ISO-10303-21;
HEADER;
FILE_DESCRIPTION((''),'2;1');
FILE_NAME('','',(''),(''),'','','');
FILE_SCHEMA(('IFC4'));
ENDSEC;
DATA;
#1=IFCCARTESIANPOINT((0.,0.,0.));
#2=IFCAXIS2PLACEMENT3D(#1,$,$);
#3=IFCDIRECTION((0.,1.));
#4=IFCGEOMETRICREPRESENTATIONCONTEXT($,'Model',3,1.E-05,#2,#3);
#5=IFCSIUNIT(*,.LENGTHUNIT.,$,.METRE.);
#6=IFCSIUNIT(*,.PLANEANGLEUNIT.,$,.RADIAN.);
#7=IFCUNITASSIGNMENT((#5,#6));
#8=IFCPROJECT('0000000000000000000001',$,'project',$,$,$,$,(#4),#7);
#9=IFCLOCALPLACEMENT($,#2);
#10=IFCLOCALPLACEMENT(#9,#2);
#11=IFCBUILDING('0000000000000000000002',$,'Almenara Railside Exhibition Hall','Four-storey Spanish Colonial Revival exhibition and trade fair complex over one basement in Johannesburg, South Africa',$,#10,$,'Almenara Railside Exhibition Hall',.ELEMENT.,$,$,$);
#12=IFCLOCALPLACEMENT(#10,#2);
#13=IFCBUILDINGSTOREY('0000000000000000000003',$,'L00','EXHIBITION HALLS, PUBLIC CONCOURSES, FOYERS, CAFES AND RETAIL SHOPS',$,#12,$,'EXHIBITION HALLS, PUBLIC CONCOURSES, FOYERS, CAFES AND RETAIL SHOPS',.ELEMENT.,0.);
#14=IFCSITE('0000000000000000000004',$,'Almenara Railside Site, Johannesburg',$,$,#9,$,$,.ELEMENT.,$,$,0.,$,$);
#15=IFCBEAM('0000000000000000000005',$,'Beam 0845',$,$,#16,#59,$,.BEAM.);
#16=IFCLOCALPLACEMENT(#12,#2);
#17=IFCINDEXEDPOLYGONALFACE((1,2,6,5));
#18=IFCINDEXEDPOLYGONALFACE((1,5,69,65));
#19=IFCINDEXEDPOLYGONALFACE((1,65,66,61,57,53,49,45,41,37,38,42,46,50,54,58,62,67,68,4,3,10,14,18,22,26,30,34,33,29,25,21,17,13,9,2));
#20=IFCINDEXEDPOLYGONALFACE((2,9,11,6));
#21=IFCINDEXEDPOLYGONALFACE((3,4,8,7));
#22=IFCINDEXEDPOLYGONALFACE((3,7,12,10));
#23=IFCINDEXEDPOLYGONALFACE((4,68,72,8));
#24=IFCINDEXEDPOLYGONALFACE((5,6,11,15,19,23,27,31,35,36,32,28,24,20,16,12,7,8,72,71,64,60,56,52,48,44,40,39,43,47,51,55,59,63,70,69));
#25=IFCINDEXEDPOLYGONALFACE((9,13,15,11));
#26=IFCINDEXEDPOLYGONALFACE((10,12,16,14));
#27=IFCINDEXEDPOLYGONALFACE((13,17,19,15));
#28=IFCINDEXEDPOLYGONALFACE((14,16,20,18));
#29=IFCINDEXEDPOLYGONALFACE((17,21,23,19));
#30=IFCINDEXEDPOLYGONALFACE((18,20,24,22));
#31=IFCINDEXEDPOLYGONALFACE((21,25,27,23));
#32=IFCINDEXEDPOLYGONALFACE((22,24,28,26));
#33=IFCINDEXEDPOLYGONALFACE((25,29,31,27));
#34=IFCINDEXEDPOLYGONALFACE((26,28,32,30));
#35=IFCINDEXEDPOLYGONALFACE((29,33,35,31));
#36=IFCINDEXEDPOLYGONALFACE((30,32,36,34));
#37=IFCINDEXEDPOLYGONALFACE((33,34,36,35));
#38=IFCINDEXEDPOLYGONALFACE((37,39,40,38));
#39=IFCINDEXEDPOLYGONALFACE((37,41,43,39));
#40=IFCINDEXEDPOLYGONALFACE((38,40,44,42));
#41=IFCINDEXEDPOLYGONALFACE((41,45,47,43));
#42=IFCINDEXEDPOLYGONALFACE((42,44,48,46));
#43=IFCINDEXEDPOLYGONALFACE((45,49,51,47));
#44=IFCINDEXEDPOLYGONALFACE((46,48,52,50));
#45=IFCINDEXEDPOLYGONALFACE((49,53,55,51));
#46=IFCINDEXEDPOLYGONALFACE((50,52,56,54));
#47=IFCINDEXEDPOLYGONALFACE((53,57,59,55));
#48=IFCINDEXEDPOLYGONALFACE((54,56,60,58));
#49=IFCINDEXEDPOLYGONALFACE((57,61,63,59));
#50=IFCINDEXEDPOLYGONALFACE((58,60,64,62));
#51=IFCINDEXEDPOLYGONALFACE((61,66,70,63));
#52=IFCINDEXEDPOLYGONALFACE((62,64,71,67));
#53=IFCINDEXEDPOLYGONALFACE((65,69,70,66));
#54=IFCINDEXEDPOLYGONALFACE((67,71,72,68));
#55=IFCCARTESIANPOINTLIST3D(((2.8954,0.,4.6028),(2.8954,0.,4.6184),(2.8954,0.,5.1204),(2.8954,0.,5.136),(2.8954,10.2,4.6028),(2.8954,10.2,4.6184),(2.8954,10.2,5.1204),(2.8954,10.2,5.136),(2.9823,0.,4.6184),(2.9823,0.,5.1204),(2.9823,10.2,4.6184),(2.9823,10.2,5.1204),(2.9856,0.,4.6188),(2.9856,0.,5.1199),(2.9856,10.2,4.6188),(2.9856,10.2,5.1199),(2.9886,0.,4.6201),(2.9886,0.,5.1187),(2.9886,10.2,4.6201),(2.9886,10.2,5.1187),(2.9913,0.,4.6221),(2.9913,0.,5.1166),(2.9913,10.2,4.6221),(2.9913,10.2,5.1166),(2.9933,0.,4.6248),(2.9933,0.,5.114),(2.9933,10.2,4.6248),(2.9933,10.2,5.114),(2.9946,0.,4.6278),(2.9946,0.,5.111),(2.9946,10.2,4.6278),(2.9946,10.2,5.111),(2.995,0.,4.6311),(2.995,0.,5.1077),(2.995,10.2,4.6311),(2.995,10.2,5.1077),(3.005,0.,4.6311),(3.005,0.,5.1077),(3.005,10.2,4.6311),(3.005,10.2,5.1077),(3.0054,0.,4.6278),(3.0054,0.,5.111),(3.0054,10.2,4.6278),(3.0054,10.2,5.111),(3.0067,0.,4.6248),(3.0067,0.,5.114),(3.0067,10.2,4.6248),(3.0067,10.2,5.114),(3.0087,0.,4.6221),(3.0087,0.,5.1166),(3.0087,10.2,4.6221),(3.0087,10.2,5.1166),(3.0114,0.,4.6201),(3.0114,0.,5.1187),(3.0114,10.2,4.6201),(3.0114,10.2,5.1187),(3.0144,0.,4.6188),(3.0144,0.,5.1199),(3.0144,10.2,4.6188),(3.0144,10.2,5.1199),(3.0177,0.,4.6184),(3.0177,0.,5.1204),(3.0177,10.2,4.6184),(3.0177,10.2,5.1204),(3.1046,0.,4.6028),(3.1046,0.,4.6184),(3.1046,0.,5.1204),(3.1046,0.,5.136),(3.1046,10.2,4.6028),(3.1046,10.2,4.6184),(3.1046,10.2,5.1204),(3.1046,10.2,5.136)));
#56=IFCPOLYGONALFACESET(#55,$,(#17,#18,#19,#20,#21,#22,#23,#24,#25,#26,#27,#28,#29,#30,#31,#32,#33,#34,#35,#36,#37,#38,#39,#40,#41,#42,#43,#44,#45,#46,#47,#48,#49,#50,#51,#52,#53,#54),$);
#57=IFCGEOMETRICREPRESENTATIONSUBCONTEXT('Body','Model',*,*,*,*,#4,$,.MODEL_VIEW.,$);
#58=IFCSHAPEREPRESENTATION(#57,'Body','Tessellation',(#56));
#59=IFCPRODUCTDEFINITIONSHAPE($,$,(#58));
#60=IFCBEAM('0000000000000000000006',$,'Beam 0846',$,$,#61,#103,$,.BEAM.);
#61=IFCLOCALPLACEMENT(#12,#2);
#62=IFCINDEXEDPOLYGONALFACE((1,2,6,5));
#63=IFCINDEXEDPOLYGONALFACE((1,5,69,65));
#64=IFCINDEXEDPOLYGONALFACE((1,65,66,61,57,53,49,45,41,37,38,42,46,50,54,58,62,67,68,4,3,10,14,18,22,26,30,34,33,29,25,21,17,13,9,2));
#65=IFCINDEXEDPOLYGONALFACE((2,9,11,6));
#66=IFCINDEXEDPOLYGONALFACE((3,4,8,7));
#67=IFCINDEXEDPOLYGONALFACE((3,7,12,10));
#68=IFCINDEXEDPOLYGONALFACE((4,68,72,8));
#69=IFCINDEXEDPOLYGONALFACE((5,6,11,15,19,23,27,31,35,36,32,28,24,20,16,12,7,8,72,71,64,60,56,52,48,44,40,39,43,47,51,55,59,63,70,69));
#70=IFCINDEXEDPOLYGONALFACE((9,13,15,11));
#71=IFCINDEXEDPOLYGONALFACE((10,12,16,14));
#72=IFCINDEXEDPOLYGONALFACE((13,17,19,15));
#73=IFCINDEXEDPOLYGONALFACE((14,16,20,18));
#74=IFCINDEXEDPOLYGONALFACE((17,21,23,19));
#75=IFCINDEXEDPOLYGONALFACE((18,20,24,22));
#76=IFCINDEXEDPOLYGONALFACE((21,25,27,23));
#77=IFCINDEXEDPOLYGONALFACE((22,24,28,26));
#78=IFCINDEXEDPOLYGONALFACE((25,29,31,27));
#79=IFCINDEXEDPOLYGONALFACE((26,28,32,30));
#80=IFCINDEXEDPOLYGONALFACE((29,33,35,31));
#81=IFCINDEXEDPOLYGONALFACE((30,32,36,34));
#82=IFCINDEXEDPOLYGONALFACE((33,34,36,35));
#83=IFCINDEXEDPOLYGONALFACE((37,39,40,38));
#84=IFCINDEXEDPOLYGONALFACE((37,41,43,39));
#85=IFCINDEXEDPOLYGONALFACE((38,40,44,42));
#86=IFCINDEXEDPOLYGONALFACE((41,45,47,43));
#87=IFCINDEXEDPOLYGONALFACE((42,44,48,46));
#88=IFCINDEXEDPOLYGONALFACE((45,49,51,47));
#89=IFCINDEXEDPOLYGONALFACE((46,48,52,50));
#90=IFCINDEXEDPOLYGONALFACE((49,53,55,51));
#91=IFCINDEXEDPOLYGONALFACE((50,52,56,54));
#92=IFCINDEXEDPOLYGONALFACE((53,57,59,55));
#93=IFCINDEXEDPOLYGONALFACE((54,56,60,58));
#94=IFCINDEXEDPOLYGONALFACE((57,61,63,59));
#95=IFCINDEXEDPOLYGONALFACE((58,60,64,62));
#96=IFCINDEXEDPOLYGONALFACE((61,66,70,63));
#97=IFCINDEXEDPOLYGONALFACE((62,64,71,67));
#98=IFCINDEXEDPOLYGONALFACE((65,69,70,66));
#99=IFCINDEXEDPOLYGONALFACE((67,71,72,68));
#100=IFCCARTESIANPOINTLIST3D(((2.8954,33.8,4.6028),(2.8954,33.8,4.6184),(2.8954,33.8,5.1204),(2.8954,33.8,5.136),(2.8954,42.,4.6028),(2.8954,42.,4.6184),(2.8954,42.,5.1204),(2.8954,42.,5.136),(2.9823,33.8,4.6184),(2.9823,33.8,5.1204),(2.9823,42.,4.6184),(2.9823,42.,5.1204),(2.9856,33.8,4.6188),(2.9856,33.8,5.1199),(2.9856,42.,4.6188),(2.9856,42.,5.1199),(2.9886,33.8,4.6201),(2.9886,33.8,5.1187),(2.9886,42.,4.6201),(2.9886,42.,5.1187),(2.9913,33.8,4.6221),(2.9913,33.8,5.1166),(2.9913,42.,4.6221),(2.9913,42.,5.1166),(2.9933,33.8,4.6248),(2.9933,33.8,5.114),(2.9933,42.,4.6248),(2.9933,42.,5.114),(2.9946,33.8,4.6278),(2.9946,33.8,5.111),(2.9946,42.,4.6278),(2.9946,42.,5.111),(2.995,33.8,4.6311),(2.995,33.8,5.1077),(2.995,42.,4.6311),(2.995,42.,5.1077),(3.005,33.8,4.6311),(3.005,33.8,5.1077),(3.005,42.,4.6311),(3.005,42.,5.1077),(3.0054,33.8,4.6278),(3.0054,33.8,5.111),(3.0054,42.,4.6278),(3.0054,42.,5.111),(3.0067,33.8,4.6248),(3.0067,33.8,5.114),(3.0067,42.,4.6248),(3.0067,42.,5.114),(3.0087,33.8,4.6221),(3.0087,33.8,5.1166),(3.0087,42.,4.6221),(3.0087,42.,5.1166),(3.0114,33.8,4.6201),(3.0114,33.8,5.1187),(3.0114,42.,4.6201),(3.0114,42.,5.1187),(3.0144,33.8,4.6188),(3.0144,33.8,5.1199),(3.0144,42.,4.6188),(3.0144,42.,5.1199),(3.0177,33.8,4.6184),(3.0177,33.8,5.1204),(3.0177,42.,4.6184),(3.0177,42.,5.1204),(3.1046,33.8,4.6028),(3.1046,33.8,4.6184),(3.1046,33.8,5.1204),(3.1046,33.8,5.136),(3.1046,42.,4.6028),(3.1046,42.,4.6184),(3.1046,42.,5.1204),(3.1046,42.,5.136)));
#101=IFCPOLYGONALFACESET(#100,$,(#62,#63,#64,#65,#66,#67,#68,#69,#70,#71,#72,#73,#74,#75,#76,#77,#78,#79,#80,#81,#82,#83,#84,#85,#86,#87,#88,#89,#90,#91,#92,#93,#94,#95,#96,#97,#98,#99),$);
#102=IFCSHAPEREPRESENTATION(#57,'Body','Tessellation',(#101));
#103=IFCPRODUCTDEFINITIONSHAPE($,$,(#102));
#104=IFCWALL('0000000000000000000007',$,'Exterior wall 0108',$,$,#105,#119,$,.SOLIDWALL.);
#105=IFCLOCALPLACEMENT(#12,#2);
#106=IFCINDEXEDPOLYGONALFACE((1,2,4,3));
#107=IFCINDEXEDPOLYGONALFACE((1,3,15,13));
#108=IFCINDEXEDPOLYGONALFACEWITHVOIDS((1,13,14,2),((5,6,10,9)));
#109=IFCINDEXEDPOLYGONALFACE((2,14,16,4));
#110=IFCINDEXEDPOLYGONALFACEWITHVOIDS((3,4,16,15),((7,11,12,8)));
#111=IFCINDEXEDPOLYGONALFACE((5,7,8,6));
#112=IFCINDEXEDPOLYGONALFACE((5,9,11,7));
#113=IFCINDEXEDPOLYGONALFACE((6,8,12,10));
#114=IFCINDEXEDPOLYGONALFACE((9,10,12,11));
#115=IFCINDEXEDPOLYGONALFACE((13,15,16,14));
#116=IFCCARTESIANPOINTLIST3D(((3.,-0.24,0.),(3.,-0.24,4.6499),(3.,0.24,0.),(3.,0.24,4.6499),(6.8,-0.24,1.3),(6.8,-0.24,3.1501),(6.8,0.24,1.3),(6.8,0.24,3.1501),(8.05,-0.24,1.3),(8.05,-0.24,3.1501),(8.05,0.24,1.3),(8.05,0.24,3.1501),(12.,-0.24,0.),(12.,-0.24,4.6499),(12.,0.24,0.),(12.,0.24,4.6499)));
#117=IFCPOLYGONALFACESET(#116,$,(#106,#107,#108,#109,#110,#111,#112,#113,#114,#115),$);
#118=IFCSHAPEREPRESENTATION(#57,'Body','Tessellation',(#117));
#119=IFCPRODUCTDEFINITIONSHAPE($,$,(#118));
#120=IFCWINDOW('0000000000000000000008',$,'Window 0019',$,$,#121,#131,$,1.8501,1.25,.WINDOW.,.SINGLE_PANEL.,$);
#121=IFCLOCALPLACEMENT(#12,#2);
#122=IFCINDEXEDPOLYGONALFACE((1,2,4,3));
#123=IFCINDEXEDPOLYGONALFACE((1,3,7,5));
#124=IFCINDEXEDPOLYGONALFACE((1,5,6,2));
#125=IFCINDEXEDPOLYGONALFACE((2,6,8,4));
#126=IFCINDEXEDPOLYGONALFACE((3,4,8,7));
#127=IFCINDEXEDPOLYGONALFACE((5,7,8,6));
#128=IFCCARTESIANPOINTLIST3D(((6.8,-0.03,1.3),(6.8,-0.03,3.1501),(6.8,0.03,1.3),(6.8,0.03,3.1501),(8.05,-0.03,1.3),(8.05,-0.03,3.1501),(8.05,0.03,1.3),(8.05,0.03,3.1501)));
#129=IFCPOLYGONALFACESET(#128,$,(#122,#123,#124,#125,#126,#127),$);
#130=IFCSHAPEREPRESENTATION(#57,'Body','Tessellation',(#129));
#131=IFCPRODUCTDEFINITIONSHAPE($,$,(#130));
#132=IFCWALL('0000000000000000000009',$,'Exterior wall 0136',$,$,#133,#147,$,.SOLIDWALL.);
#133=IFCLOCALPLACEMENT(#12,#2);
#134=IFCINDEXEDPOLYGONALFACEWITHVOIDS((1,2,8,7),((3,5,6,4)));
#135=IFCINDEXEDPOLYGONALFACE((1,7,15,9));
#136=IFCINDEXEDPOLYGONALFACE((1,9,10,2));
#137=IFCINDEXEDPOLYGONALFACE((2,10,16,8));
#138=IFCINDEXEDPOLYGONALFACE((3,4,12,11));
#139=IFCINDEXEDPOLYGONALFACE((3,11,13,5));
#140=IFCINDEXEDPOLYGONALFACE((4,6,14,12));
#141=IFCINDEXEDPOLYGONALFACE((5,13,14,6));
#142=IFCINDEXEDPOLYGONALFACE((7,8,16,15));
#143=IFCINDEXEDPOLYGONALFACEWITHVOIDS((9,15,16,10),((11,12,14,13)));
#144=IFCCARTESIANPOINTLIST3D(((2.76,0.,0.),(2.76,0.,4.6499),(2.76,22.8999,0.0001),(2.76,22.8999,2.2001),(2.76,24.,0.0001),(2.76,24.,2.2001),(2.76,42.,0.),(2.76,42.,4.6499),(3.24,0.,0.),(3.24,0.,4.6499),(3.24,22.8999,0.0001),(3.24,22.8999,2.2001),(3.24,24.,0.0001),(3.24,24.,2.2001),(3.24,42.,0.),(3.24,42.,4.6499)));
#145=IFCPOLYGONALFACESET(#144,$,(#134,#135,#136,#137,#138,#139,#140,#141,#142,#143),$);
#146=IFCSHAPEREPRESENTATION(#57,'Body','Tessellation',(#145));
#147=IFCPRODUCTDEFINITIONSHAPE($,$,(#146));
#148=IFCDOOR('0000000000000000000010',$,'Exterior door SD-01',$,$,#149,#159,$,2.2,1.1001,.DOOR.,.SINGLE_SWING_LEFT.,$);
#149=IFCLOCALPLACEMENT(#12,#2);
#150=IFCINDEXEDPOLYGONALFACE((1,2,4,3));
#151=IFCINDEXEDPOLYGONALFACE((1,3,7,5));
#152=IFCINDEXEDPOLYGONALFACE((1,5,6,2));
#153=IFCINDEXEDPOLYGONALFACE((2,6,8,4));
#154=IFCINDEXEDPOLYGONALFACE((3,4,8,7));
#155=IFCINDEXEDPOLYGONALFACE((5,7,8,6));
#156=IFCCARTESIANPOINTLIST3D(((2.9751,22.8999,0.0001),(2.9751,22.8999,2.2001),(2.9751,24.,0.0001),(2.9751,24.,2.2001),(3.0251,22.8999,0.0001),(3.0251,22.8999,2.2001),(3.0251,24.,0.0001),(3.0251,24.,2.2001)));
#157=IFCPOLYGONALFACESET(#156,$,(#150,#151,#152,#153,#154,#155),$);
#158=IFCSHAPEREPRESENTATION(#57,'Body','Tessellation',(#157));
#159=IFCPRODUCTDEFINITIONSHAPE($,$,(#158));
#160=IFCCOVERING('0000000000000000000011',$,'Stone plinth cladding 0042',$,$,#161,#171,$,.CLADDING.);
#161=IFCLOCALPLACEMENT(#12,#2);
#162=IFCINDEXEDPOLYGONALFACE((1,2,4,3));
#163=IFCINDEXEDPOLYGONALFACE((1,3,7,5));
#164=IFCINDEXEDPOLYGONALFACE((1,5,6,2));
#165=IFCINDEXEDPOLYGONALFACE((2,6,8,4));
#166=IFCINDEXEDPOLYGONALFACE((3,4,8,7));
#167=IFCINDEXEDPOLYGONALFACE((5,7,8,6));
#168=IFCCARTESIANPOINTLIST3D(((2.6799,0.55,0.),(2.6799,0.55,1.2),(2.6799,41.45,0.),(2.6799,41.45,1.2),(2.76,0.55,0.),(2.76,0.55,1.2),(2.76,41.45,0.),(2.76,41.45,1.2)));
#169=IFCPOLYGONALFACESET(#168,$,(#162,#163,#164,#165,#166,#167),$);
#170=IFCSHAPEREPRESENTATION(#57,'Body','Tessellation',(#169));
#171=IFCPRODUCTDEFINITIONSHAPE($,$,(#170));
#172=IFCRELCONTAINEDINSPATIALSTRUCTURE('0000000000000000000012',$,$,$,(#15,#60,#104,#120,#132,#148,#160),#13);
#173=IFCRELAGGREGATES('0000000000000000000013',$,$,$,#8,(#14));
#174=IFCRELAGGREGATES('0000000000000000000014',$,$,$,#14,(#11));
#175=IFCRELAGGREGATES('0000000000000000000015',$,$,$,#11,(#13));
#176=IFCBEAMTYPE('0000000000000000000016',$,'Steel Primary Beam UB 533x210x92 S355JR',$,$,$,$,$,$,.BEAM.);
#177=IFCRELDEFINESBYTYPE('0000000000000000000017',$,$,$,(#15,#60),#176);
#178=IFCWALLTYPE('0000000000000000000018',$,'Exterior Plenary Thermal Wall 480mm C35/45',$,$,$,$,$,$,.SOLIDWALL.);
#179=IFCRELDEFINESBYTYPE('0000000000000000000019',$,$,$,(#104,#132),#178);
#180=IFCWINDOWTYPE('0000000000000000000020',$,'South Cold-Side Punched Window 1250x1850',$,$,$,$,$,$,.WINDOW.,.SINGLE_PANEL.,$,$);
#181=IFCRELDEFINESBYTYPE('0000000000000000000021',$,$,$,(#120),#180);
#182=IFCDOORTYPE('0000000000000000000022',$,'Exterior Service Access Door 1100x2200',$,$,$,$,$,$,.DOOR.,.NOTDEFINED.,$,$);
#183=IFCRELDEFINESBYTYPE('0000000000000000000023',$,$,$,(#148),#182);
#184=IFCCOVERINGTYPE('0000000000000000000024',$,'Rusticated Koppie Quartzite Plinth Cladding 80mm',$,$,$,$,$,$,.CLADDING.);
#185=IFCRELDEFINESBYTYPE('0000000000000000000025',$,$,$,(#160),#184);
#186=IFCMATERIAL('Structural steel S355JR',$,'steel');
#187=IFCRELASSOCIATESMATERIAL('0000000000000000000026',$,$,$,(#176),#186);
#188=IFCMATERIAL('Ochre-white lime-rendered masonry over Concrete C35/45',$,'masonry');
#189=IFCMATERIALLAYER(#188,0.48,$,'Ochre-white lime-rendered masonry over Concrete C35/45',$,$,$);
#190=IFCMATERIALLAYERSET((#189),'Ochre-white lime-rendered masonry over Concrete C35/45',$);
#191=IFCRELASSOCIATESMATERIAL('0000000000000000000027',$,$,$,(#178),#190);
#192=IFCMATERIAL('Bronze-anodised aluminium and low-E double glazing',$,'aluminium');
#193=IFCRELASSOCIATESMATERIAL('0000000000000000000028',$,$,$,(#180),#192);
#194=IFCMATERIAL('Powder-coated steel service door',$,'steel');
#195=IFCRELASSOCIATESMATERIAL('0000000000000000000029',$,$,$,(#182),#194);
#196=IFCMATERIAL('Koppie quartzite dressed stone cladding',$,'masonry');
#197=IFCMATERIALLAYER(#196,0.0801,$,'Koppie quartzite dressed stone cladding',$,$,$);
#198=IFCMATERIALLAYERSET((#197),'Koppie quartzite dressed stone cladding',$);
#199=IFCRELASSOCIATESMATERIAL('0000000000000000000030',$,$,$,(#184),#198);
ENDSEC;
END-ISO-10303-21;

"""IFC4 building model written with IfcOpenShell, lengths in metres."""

from ifc_helpers import new_model, si_unit, direction, frame, frame_2d, origin, origin_2d, place, context, subcontext, project, spatial, rectangle, i_section, extrude, material, layer, layer_set, material_profile, profile_set, type_object, element, fill, save


model = new_model("IFC4")

# Units and contexts
model_context = context("Model", 3, precision=1e-05, world=origin(), true_north=direction((0.0, 1.0)))
body_context = subcontext(model_context, "Body", "Model", "MODEL_VIEW")
ifc_project = project(units=[si_unit("LENGTHUNIT", "METRE"), si_unit("PLANEANGLEUNIT", "RADIAN")], contexts=[model_context])

# Site, building, storey
site_placement = place(None, origin())
site = spatial("IfcSite", under=ifc_project, at=site_placement, Name="Almenara Railside Site, Johannesburg", CompositionType="ELEMENT", RefElevation=0.0)
building_placement = place(site_placement, origin())
building = spatial("IfcBuilding", under=site, at=building_placement, Name="Almenara Railside Exhibition Hall", Description="Four-storey Spanish Colonial Revival exhibition and trade fair complex over one basement in Johannesburg, South Africa", LongName="Almenara Railside Exhibition Hall", CompositionType="ELEMENT")
storey_placement = place(building_placement, origin())
storey = spatial("IfcBuildingStorey", under=building, at=storey_placement, Name="L00", Description="EXHIBITION HALLS, PUBLIC CONCOURSES, FOYERS, CAFES AND RETAIL SHOPS", LongName="EXHIBITION HALLS, PUBLIC CONCOURSES, FOYERS, CAFES AND RETAIL SHOPS", CompositionType="ELEMENT", Elevation=0.0)

# Beams
ifc_material_1 = material(Name="Structural steel S355JR", Category="steel")
ifc_material_profile_1 = material_profile(ifc_material_1, i_section(OverallWidth=0.2092, OverallDepth=0.5332, WebThickness=0.01, FlangeThickness=0.0156, FilletRadius=0.0127, at=origin_2d()), Name="UB 533x210x92")
ifc_profile_set_1 = profile_set([ifc_material_profile_1], Name="Structural steel S355JR")
beam_type_1 = type_object("IfcBeamType", Name="Steel Primary Beam UB 533x210x92 S355JR", PredefinedType="BEAM", material=ifc_profile_set_1)
beam_1_placement = place(storey_placement, frame((3.0, 0.0, 4.8694), z_axis=(0.0, 1.0, 0.0), x_axis=(-1.0, 0.0, 0.0)))
element("IfcBeam", 1, at=beam_1_placement, inside=storey, type_object=beam_type_1, Name="Beam 0845", PredefinedType="BEAM", context=body_context, shape_type="SweptSolid", body=[
    extrude(i_section(OverallWidth=0.2092, OverallDepth=0.5332, WebThickness=0.01, FlangeThickness=0.0156, FilletRadius=0.0127, at=origin_2d()), origin(), (0.0, 0.0, 1.0), 10.2),
])
beam_2_placement = place(storey_placement, frame((3.0, 33.8, 4.8694), z_axis=(0.0, 1.0, 0.0), x_axis=(-1.0, 0.0, 0.0)))
element("IfcBeam", 2, at=beam_2_placement, inside=storey, type_object=beam_type_1, Name="Beam 0846", PredefinedType="BEAM", context=body_context, shape_type="SweptSolid", body=[
    extrude(i_section(OverallWidth=0.2092, OverallDepth=0.5332, WebThickness=0.01, FlangeThickness=0.0156, FilletRadius=0.0127, at=origin_2d()), origin(), (0.0, 0.0, 1.0), 8.2),
])

# Wall, opening, window
ifc_material_2 = material(Name="Ochre-white lime-rendered masonry over Concrete C35/45", Category="masonry")
ifc_layer_1 = layer(ifc_material_2, 0.48, Name="Ochre-white lime-rendered masonry over Concrete C35/45")
ifc_layer_set_1 = layer_set([ifc_layer_1], Name="Ochre-white lime-rendered masonry over Concrete C35/45")
wall_type = type_object("IfcWallType", Name="Exterior Plenary Thermal Wall 480mm C35/45", PredefinedType="SOLIDWALL", material=ifc_layer_set_1)
wall_1_placement = place(storey_placement, frame((3.0, 0.0, 0.0), z_axis=(0.0, 0.0, 1.0), x_axis=(1.0, 0.0, 0.0)))
wall_1 = element("IfcWall", 3, at=wall_1_placement, inside=storey, type_object=wall_type, Name="Exterior wall 0108", PredefinedType="SOLIDWALL", context=body_context, shape_type="SweptSolid", body=[
    extrude(rectangle(XDim=9.0, YDim=0.48, at=frame_2d((4.5, 0.0))), origin(), (0.0, 0.0, 1.0), 4.6499),
])
opening_1_placement = place(wall_1_placement, frame((3.8, 0.0, 1.3)))
opening_1 = element("IfcOpeningElement", 4, at=opening_1_placement, cuts=wall_1, PredefinedType="OPENING", context=body_context, shape_type="SweptSolid", body=[
    extrude(rectangle(XDim=1.25, YDim=1.8501, at=frame_2d((0.625, 0.925))), frame((0.0, 0.25, 0.0), z_axis=(0.0, -1.0, 0.0), x_axis=(1.0, 0.0, 0.0)), (0.0, 0.0, 1.0), 0.5),
])
ifc_material_3 = material(Name="Bronze-anodised aluminium and low-E double glazing", Category="aluminium")
window_type = type_object("IfcWindowType", Name="South Cold-Side Punched Window 1250x1850", PartitioningType="SINGLE_PANEL", PredefinedType="WINDOW", material=ifc_material_3)
window_placement = place(opening_1_placement, origin())
window = element("IfcWindow", 5, at=window_placement, inside=storey, type_object=window_type, Name="Window 0019", OverallHeight=1.8501, OverallWidth=1.25, PartitioningType="SINGLE_PANEL", PredefinedType="WINDOW", context=body_context, shape_type="SweptSolid", body=[
    extrude(rectangle(XDim=1.25, YDim=1.8501, at=frame_2d((0.625, 0.925))), frame((0.0, 0.03, 0.0), z_axis=(0.0, -1.0, 0.0), x_axis=(1.0, 0.0, 0.0)), (0.0, 0.0, 1.0), 0.0601),
])
fill(opening_1, window)

# Wall, opening, door
wall_2_placement = place(storey_placement, frame((3.0, 42.0, 0.0), z_axis=(0.0, 0.0, 1.0), x_axis=(0.0, -1.0, 0.0)))
wall_2 = element("IfcWall", 6, at=wall_2_placement, inside=storey, type_object=wall_type, Name="Exterior wall 0136", PredefinedType="SOLIDWALL", context=body_context, shape_type="SweptSolid", body=[
    extrude(rectangle(XDim=42.0, YDim=0.48, at=frame_2d((21.0, 0.0))), origin(), (0.0, 0.0, 1.0), 4.6499),
])
opening_2_placement = place(wall_2_placement, frame((18.0, 0.0, 0.0)))
opening_2 = element("IfcOpeningElement", 7, at=opening_2_placement, cuts=wall_2, PredefinedType="OPENING", context=body_context, shape_type="SweptSolid", body=[
    extrude(rectangle(XDim=1.1001, YDim=2.2, at=frame_2d((0.55, 1.1001))), frame((0.0, 0.25, 0.0), z_axis=(0.0, -1.0, 0.0), x_axis=(1.0, 0.0, 0.0)), (0.0, 0.0, 1.0), 0.5),
])
ifc_material_4 = material(Name="Powder-coated steel service door", Category="steel")
door_type = type_object("IfcDoorType", Name="Exterior Service Access Door 1100x2200", OperationType="NOTDEFINED", PredefinedType="DOOR", material=ifc_material_4)
door_placement = place(opening_2_placement, frame((1.1001, 0.0, 0.0), z_axis=(0.0, 0.0, 1.0), x_axis=(-1.0, 0.0, 0.0)))
door = element("IfcDoor", 8, at=door_placement, inside=storey, type_object=door_type, Name="Exterior door SD-01", OperationType="SINGLE_SWING_LEFT", OverallHeight=2.2, OverallWidth=1.1001, PredefinedType="DOOR", context=body_context, shape_type="SweptSolid", body=[
    extrude(rectangle(XDim=1.1001, YDim=2.2, at=frame_2d((0.55, 1.1001))), frame((0.0, 0.0249, 0.0), z_axis=(0.0, -1.0, 0.0), x_axis=(1.0, 0.0, 0.0)), (0.0, 0.0, 1.0), 0.05),
])
fill(opening_2, door)

# Covering
ifc_material_5 = material(Name="Koppie quartzite dressed stone cladding", Category="masonry")
ifc_layer_2 = layer(ifc_material_5, 0.0801, Name="Koppie quartzite dressed stone cladding")
ifc_layer_set_2 = layer_set([ifc_layer_2], Name="Koppie quartzite dressed stone cladding")
covering_type = type_object("IfcCoveringType", Name="Rusticated Koppie Quartzite Plinth Cladding 80mm", PredefinedType="CLADDING", material=ifc_layer_set_2)
covering_placement = place(storey_placement, frame((2.72, 21.0, 0.0), z_axis=(0.0, 0.0, 1.0), x_axis=(0.0, -1.0, 0.0)))
element("IfcCovering", 9, at=covering_placement, inside=storey, type_object=covering_type, Name="Stone plinth cladding 0042", PredefinedType="CLADDING", context=body_context, shape_type="SweptSolid", body=[
    extrude(rectangle(XDim=40.8999, YDim=0.0801, at=origin_2d()), origin(), (0.0, 0.0, 1.0), 1.2),
])

save(model, "model.ifc")
